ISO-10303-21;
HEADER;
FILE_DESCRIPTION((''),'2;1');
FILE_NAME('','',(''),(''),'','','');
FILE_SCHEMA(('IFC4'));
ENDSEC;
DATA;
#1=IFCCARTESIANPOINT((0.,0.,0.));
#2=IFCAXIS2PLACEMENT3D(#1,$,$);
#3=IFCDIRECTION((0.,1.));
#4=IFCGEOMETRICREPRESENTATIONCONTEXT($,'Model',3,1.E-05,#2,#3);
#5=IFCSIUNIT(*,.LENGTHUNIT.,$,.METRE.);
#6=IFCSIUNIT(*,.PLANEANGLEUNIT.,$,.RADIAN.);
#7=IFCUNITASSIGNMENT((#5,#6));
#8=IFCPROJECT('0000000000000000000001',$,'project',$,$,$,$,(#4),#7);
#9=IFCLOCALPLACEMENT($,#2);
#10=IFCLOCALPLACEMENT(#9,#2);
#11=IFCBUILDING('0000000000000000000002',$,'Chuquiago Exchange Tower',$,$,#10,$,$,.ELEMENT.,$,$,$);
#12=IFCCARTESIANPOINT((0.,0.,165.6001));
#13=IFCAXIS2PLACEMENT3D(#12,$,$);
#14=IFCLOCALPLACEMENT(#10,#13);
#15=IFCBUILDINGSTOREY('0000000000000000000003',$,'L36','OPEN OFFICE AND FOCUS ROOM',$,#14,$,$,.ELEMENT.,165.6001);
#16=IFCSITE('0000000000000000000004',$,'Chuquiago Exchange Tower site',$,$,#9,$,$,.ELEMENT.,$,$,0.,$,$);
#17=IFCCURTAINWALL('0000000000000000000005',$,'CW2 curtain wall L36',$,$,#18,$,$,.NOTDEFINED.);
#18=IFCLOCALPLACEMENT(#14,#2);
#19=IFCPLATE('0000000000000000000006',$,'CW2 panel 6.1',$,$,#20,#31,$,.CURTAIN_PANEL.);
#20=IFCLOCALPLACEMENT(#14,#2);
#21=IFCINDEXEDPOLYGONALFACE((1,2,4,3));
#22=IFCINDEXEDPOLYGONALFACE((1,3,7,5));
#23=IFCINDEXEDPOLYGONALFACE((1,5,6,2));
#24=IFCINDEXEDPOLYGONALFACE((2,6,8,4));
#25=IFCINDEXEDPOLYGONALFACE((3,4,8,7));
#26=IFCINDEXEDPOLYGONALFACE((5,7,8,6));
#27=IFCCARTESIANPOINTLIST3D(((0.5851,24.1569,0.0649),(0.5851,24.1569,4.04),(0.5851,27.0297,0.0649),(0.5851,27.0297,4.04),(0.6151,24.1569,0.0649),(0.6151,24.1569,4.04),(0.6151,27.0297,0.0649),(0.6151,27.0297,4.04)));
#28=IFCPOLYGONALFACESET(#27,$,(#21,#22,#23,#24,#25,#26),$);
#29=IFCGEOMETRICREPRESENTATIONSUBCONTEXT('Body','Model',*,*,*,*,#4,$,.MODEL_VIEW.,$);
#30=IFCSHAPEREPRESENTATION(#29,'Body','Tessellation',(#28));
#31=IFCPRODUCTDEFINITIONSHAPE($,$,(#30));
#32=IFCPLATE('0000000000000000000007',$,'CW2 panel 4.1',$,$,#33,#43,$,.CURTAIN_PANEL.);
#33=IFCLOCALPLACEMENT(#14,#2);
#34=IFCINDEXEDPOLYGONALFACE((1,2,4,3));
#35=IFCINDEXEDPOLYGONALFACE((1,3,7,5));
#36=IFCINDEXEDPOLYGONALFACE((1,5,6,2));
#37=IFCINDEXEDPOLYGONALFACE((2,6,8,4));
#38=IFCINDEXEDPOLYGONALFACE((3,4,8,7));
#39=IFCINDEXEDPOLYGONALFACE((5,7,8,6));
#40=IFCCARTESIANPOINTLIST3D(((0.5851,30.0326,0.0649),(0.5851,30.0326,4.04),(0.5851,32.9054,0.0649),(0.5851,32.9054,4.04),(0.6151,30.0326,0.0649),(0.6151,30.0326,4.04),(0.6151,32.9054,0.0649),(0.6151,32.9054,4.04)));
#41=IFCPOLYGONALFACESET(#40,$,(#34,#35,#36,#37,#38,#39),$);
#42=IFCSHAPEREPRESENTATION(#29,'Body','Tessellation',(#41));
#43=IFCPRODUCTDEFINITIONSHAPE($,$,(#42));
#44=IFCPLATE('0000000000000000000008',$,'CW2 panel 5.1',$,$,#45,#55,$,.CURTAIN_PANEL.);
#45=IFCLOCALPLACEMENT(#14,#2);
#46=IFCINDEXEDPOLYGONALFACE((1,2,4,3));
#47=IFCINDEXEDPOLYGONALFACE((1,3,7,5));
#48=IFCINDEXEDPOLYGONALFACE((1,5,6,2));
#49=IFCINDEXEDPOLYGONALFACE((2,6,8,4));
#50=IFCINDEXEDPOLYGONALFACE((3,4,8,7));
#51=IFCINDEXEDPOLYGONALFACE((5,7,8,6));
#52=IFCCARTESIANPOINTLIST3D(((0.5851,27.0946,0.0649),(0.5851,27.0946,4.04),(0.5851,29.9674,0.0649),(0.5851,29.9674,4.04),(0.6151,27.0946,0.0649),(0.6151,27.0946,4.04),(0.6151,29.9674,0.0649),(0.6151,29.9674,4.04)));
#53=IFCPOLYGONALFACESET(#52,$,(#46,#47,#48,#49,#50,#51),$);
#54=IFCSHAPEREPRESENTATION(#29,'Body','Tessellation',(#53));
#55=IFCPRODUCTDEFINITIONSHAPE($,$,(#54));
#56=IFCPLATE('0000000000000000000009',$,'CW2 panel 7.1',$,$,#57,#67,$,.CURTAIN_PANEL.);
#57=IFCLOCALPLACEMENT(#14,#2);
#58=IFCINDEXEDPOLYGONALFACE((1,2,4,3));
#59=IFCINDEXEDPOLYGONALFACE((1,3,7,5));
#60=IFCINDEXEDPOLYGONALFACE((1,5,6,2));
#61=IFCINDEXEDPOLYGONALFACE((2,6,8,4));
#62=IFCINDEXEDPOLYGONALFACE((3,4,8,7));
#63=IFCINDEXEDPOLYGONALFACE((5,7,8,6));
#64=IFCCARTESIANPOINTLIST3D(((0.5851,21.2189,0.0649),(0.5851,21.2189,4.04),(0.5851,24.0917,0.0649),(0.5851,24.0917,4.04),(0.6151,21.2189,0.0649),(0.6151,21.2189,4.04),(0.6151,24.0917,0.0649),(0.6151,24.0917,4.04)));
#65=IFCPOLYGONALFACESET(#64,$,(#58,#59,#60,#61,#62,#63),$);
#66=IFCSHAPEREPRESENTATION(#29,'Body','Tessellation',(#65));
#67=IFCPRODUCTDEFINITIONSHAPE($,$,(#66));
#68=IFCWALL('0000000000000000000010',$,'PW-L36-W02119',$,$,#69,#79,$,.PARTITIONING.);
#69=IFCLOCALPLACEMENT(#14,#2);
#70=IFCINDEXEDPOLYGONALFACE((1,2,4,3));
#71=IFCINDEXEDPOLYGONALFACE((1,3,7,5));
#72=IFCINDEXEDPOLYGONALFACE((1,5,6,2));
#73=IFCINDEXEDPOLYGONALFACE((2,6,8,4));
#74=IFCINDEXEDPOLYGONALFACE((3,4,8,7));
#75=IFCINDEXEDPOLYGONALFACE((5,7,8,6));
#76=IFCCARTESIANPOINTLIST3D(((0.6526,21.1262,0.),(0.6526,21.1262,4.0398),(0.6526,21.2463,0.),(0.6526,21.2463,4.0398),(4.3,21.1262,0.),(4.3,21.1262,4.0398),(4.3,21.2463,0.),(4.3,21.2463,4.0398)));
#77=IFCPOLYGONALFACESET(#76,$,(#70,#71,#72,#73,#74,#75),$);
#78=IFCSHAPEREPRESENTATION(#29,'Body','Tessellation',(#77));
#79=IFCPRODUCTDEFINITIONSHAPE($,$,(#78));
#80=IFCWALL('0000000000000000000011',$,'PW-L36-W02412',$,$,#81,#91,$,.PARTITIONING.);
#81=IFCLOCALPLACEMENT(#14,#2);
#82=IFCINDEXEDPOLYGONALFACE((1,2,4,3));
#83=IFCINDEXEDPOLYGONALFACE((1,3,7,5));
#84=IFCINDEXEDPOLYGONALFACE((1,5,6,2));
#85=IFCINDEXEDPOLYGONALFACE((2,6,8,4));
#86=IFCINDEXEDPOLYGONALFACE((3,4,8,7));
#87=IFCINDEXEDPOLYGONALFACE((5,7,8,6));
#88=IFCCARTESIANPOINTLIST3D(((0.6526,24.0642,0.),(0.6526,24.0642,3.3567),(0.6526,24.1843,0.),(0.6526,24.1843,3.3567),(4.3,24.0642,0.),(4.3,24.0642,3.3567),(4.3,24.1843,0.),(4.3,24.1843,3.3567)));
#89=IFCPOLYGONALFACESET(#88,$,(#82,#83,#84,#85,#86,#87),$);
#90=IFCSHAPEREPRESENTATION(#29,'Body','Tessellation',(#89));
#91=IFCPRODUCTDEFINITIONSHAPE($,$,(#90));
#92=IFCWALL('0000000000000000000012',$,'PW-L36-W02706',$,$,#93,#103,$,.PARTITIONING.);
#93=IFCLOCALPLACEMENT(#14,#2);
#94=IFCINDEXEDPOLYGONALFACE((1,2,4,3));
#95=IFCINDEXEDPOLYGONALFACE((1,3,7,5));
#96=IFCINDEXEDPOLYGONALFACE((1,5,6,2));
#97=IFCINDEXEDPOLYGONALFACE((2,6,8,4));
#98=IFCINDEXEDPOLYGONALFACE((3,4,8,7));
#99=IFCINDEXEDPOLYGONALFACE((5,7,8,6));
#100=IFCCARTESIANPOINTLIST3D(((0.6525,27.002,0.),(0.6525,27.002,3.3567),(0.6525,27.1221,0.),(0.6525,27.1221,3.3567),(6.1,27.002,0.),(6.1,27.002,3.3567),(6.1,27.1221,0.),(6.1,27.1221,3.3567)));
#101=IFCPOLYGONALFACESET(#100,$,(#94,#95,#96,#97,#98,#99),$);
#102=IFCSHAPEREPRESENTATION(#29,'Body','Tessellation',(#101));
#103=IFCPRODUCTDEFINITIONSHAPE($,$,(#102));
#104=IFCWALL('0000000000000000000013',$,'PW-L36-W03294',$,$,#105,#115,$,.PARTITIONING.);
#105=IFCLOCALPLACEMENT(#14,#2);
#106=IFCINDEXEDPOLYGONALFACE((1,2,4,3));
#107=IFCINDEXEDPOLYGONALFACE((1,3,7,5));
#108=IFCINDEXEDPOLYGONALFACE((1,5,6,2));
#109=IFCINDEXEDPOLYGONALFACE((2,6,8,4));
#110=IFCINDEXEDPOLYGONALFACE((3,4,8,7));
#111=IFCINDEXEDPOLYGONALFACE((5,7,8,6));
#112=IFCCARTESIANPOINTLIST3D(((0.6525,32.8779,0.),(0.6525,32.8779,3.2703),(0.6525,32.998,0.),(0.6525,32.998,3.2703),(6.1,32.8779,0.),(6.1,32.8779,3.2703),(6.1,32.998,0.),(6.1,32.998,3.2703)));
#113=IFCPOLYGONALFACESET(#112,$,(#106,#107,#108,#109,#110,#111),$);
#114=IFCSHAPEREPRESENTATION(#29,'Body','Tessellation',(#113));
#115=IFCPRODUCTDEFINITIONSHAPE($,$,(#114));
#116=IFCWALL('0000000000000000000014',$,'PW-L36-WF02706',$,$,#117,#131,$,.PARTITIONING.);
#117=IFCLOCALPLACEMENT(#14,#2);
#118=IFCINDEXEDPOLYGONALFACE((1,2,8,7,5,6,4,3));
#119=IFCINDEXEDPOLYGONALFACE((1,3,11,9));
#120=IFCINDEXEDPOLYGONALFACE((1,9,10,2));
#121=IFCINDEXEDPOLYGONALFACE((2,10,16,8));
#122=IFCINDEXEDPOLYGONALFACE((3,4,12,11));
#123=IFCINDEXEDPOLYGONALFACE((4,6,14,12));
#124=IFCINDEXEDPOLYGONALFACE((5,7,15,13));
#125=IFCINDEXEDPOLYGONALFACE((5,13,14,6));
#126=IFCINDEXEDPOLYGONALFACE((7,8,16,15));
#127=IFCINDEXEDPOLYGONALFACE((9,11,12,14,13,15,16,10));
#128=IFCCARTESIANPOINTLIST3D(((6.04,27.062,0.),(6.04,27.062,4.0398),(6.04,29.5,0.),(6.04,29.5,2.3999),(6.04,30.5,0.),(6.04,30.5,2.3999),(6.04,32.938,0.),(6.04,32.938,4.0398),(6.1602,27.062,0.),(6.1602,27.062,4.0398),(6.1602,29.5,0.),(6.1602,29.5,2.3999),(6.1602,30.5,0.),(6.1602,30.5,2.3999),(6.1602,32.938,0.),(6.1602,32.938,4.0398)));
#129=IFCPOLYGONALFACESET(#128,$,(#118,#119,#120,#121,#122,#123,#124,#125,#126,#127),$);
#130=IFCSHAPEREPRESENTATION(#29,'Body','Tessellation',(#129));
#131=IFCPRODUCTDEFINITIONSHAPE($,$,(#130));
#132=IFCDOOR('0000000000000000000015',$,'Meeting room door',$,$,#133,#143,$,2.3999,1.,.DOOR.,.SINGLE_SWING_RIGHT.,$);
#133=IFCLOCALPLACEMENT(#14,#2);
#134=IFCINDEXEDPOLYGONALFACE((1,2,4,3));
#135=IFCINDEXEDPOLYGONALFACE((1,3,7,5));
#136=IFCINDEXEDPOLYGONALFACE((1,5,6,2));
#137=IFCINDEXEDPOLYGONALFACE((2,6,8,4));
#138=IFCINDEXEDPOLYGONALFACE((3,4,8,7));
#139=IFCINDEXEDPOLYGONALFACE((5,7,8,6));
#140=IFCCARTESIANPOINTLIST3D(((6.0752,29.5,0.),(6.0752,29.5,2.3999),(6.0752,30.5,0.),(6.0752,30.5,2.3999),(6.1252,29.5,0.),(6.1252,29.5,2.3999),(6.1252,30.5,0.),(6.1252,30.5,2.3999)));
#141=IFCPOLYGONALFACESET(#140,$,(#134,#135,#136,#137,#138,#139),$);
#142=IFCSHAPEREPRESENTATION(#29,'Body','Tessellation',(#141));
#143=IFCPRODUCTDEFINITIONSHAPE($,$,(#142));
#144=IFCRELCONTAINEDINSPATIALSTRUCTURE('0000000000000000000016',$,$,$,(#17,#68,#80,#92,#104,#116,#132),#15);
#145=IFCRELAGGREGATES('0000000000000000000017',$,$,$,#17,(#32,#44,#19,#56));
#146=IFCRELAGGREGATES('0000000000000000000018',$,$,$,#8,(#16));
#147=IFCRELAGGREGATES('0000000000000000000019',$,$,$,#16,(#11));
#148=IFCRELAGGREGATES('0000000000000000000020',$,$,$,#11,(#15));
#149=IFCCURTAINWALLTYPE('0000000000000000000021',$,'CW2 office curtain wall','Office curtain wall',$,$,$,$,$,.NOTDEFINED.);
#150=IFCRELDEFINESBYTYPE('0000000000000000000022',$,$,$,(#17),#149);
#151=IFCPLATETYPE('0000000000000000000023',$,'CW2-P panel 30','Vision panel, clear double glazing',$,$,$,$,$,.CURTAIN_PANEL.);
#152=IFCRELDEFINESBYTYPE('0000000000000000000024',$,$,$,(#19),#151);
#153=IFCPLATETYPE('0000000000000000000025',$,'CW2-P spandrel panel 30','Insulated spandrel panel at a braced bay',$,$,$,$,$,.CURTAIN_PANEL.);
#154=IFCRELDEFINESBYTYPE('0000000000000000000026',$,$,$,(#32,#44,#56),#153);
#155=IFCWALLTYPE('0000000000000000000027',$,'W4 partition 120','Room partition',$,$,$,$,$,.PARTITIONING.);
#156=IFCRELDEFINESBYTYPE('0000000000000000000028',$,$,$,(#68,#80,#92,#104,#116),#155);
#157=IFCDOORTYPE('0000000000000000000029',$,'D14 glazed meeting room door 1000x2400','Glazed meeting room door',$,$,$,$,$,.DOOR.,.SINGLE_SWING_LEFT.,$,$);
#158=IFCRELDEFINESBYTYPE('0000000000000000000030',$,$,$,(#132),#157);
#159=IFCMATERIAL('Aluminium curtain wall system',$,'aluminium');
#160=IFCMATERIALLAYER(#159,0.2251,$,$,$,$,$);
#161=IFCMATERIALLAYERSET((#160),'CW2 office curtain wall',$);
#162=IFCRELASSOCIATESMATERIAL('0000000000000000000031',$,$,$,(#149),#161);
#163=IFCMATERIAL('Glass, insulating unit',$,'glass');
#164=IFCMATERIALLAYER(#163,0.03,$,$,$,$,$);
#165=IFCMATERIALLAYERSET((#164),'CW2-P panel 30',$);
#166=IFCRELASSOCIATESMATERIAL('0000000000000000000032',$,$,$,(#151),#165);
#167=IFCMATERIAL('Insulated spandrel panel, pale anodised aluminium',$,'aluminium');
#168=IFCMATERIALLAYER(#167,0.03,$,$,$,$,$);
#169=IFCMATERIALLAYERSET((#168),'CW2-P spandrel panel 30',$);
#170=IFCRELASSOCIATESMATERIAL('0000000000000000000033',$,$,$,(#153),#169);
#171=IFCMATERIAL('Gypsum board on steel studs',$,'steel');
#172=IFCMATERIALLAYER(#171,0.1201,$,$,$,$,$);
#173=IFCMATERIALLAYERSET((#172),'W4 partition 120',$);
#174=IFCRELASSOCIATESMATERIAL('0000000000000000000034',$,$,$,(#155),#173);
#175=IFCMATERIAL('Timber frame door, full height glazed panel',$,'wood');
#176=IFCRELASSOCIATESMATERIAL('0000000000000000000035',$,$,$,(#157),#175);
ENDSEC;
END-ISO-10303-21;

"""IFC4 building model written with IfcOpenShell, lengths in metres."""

from ifc_helpers import new_model, si_unit, direction, frame, frame_2d, origin, origin_2d, place, context, subcontext, project, spatial, rectangle, extrude, material, layer, layer_set, type_object, element, fill, aggregate, save


model = new_model("IFC4")

# Units and contexts
model_context = context("Model", 3, precision=1e-05, world=origin(), true_north=direction((0.0, 1.0)))
body_context = subcontext(model_context, "Body", "Model", "MODEL_VIEW")
ifc_project = project(units=[si_unit("LENGTHUNIT", "METRE"), si_unit("PLANEANGLEUNIT", "RADIAN")], contexts=[model_context])

# Site, building, storey
site_placement = place(None, origin())
site = spatial("IfcSite", under=ifc_project, at=site_placement, Name="Chuquiago Exchange Tower site", CompositionType="ELEMENT", RefElevation=0.0)
building_placement = place(site_placement, origin())
building = spatial("IfcBuilding", under=site, at=building_placement, Name="Chuquiago Exchange Tower", CompositionType="ELEMENT")
storey_placement = place(building_placement, frame((0.0, 0.0, 165.6001)))
storey = spatial("IfcBuildingStorey", under=building, at=storey_placement, Name="L36", Description="OPEN OFFICE AND FOCUS ROOM", CompositionType="ELEMENT", Elevation=165.6001)

# Curtain wall
ifc_material_1 = material(Name="Aluminium curtain wall system", Category="aluminium")
ifc_layer_1 = layer(ifc_material_1, 0.2251)
ifc_layer_set_1 = layer_set([ifc_layer_1], Name="CW2 office curtain wall")
curtain_wall_type = type_object("IfcCurtainWallType", Name="CW2 office curtain wall", Description="Office curtain wall", PredefinedType="NOTDEFINED", material=ifc_layer_set_1)
curtain_wall_placement = place(storey_placement, origin())
curtain_wall = element("IfcCurtainWall", 1, at=curtain_wall_placement, inside=storey, type_object=curtain_wall_type, Name="CW2 curtain wall L36", PredefinedType="NOTDEFINED")

# Plates
ifc_material_2 = material(Name="Glass, insulating unit", Category="glass")
ifc_layer_2 = layer(ifc_material_2, 0.03)
ifc_layer_set_2 = layer_set([ifc_layer_2], Name="CW2-P panel 30")
plate_type_1 = type_object("IfcPlateType", Name="CW2-P panel 30", Description="Vision panel, clear double glazing", PredefinedType="CURTAIN_PANEL", material=ifc_layer_set_2)
plate_1_placement = place(storey_placement, frame((0.6001, 25.5933, 0.0649), z_axis=(0.0, 0.0, 1.0), x_axis=(0.0, -1.0, 0.0)))
plate_1 = element("IfcPlate", 2, at=plate_1_placement, type_object=plate_type_1, Name="CW2 panel 6.1", PredefinedType="CURTAIN_PANEL", context=body_context, shape_type="SweptSolid", body=[
    extrude(rectangle(XDim=2.8728, YDim=0.03, at=origin_2d()), origin(), (0.0, 0.0, 1.0), 3.9751),
])
ifc_material_3 = material(Name="Insulated spandrel panel, pale anodised aluminium", Category="aluminium")
ifc_layer_3 = layer(ifc_material_3, 0.03)
ifc_layer_set_3 = layer_set([ifc_layer_3], Name="CW2-P spandrel panel 30")
plate_type_2 = type_object("IfcPlateType", Name="CW2-P spandrel panel 30", Description="Insulated spandrel panel at a braced bay", PredefinedType="CURTAIN_PANEL", material=ifc_layer_set_3)
plate_2_placement = place(storey_placement, frame((0.6001, 31.469, 0.0649), z_axis=(0.0, 0.0, 1.0), x_axis=(0.0, -1.0, 0.0)))
plate_2 = element("IfcPlate", 3, at=plate_2_placement, type_object=plate_type_2, Name="CW2 panel 4.1", PredefinedType="CURTAIN_PANEL", context=body_context, shape_type="SweptSolid", body=[
    extrude(rectangle(XDim=2.8728, YDim=0.03, at=origin_2d()), origin(), (0.0, 0.0, 1.0), 3.9751),
])
plate_3_placement = place(storey_placement, frame((0.6001, 28.531, 0.0649), z_axis=(0.0, 0.0, 1.0), x_axis=(0.0, -1.0, 0.0)))
plate_3 = element("IfcPlate", 4, at=plate_3_placement, type_object=plate_type_2, Name="CW2 panel 5.1", PredefinedType="CURTAIN_PANEL", context=body_context, shape_type="SweptSolid", body=[
    extrude(rectangle(XDim=2.8728, YDim=0.03, at=origin_2d()), origin(), (0.0, 0.0, 1.0), 3.9751),
])
plate_4_placement = place(storey_placement, frame((0.6001, 22.6553, 0.0649), z_axis=(0.0, 0.0, 1.0), x_axis=(0.0, -1.0, 0.0)))
plate_4 = element("IfcPlate", 5, at=plate_4_placement, type_object=plate_type_2, Name="CW2 panel 7.1", PredefinedType="CURTAIN_PANEL", context=body_context, shape_type="SweptSolid", body=[
    extrude(rectangle(XDim=2.8728, YDim=0.03, at=origin_2d()), origin(), (0.0, 0.0, 1.0), 3.9751),
])
aggregate(curtain_wall, [plate_2, plate_3, plate_1, plate_4])

# Walls
ifc_material_4 = material(Name="Gypsum board on steel studs", Category="steel")
ifc_layer_4 = layer(ifc_material_4, 0.1201)
ifc_layer_set_4 = layer_set([ifc_layer_4], Name="W4 partition 120")
wall_type = type_object("IfcWallType", Name="W4 partition 120", Description="Room partition", PredefinedType="PARTITIONING", material=ifc_layer_set_4)
wall_1_placement = place(storey_placement, frame((0.6526, 21.1863, 0.0), z_axis=(0.0, 0.0, 1.0), x_axis=(1.0, 0.0, 0.0)))
element("IfcWall", 6, at=wall_1_placement, inside=storey, type_object=wall_type, Name="PW-L36-W02119", PredefinedType="PARTITIONING", context=body_context, shape_type="SweptSolid", body=[
    extrude(rectangle(XDim=3.6475, YDim=0.1201, at=frame_2d((1.8237, 0.0))), origin(), (0.0, 0.0, 1.0), 4.0398),
])
wall_2_placement = place(storey_placement, frame((0.6526, 24.1243, 0.0), z_axis=(0.0, 0.0, 1.0), x_axis=(1.0, 0.0, 0.0)))
element("IfcWall", 7, at=wall_2_placement, inside=storey, type_object=wall_type, Name="PW-L36-W02412", PredefinedType="PARTITIONING", context=body_context, shape_type="SweptSolid", body=[
    extrude(rectangle(XDim=3.6475, YDim=0.1201, at=frame_2d((1.8237, 0.0))), origin(), (0.0, 0.0, 1.0), 3.3567),
])
wall_3_placement = place(storey_placement, frame((0.6526, 27.062, 0.0), z_axis=(0.0, 0.0, 1.0), x_axis=(1.0, 0.0, 0.0)))
element("IfcWall", 8, at=wall_3_placement, inside=storey, type_object=wall_type, Name="PW-L36-W02706", PredefinedType="PARTITIONING", context=body_context, shape_type="SweptSolid", body=[
    extrude(rectangle(XDim=5.4475, YDim=0.1201, at=frame_2d((2.7236, 0.0))), origin(), (0.0, 0.0, 1.0), 3.3567),
])
wall_4_placement = place(storey_placement, frame((0.6526, 32.938, 0.0), z_axis=(0.0, 0.0, 1.0), x_axis=(1.0, 0.0, 0.0)))
element("IfcWall", 9, at=wall_4_placement, inside=storey, type_object=wall_type, Name="PW-L36-W03294", PredefinedType="PARTITIONING", context=body_context, shape_type="SweptSolid", body=[
    extrude(rectangle(XDim=5.4475, YDim=0.1201, at=frame_2d((2.7236, 0.0))), origin(), (0.0, 0.0, 1.0), 3.2703),
])

# Wall, opening, door
ifc_material_5 = material(Name="Timber frame door, full height glazed panel", Category="wood")
door_type = type_object("IfcDoorType", Name="D14 glazed meeting room door 1000x2400", Description="Glazed meeting room door", OperationType="SINGLE_SWING_LEFT", PredefinedType="DOOR", material=ifc_material_5)
wall_5_placement = place(storey_placement, frame((6.1001, 27.062, 0.0), z_axis=(0.0, 0.0, 1.0), x_axis=(0.0, 1.0, 0.0)))
wall_5 = element("IfcWall", 10, at=wall_5_placement, inside=storey, type_object=wall_type, Name="PW-L36-WF02706", PredefinedType="PARTITIONING", context=body_context, shape_type="SweptSolid", body=[
    extrude(rectangle(XDim=5.876, YDim=0.1201, at=frame_2d((2.938, 0.0))), origin(), (0.0, 0.0, 1.0), 4.0398),
])
opening_1_placement = place(wall_5_placement, frame((2.438, 0.0, 0.0)))
opening_1 = element("IfcOpeningElement", 11, at=opening_1_placement, cuts=wall_5, PredefinedType="OPENING", context=body_context, shape_type="SweptSolid", body=[
    extrude(rectangle(XDim=1.0, YDim=2.3999, at=frame_2d((0.5, 1.2))), frame((0.0, 0.0701, 0.0), z_axis=(0.0, -1.0, 0.0), x_axis=(1.0, 0.0, 0.0)), (0.0, 0.0, 1.0), 0.1401),
])
door_1_placement = place(opening_1_placement, origin())
door_1 = element("IfcDoor", 12, at=door_1_placement, inside=storey, type_object=door_type, Name="Meeting room door", OperationType="SINGLE_SWING_RIGHT", OverallHeight=2.3999, OverallWidth=1.0, PredefinedType="DOOR", context=body_context, shape_type="SweptSolid", body=[
    extrude(rectangle(XDim=1.0, YDim=2.3999, at=frame_2d((0.5, 1.2))), frame((0.0, 0.0249, 0.0), z_axis=(0.0, -1.0, 0.0), x_axis=(1.0, 0.0, 0.0)), (0.0, 0.0, 1.0), 0.05),
])
fill(opening_1, door_1)

save(model, "model.ifc")
